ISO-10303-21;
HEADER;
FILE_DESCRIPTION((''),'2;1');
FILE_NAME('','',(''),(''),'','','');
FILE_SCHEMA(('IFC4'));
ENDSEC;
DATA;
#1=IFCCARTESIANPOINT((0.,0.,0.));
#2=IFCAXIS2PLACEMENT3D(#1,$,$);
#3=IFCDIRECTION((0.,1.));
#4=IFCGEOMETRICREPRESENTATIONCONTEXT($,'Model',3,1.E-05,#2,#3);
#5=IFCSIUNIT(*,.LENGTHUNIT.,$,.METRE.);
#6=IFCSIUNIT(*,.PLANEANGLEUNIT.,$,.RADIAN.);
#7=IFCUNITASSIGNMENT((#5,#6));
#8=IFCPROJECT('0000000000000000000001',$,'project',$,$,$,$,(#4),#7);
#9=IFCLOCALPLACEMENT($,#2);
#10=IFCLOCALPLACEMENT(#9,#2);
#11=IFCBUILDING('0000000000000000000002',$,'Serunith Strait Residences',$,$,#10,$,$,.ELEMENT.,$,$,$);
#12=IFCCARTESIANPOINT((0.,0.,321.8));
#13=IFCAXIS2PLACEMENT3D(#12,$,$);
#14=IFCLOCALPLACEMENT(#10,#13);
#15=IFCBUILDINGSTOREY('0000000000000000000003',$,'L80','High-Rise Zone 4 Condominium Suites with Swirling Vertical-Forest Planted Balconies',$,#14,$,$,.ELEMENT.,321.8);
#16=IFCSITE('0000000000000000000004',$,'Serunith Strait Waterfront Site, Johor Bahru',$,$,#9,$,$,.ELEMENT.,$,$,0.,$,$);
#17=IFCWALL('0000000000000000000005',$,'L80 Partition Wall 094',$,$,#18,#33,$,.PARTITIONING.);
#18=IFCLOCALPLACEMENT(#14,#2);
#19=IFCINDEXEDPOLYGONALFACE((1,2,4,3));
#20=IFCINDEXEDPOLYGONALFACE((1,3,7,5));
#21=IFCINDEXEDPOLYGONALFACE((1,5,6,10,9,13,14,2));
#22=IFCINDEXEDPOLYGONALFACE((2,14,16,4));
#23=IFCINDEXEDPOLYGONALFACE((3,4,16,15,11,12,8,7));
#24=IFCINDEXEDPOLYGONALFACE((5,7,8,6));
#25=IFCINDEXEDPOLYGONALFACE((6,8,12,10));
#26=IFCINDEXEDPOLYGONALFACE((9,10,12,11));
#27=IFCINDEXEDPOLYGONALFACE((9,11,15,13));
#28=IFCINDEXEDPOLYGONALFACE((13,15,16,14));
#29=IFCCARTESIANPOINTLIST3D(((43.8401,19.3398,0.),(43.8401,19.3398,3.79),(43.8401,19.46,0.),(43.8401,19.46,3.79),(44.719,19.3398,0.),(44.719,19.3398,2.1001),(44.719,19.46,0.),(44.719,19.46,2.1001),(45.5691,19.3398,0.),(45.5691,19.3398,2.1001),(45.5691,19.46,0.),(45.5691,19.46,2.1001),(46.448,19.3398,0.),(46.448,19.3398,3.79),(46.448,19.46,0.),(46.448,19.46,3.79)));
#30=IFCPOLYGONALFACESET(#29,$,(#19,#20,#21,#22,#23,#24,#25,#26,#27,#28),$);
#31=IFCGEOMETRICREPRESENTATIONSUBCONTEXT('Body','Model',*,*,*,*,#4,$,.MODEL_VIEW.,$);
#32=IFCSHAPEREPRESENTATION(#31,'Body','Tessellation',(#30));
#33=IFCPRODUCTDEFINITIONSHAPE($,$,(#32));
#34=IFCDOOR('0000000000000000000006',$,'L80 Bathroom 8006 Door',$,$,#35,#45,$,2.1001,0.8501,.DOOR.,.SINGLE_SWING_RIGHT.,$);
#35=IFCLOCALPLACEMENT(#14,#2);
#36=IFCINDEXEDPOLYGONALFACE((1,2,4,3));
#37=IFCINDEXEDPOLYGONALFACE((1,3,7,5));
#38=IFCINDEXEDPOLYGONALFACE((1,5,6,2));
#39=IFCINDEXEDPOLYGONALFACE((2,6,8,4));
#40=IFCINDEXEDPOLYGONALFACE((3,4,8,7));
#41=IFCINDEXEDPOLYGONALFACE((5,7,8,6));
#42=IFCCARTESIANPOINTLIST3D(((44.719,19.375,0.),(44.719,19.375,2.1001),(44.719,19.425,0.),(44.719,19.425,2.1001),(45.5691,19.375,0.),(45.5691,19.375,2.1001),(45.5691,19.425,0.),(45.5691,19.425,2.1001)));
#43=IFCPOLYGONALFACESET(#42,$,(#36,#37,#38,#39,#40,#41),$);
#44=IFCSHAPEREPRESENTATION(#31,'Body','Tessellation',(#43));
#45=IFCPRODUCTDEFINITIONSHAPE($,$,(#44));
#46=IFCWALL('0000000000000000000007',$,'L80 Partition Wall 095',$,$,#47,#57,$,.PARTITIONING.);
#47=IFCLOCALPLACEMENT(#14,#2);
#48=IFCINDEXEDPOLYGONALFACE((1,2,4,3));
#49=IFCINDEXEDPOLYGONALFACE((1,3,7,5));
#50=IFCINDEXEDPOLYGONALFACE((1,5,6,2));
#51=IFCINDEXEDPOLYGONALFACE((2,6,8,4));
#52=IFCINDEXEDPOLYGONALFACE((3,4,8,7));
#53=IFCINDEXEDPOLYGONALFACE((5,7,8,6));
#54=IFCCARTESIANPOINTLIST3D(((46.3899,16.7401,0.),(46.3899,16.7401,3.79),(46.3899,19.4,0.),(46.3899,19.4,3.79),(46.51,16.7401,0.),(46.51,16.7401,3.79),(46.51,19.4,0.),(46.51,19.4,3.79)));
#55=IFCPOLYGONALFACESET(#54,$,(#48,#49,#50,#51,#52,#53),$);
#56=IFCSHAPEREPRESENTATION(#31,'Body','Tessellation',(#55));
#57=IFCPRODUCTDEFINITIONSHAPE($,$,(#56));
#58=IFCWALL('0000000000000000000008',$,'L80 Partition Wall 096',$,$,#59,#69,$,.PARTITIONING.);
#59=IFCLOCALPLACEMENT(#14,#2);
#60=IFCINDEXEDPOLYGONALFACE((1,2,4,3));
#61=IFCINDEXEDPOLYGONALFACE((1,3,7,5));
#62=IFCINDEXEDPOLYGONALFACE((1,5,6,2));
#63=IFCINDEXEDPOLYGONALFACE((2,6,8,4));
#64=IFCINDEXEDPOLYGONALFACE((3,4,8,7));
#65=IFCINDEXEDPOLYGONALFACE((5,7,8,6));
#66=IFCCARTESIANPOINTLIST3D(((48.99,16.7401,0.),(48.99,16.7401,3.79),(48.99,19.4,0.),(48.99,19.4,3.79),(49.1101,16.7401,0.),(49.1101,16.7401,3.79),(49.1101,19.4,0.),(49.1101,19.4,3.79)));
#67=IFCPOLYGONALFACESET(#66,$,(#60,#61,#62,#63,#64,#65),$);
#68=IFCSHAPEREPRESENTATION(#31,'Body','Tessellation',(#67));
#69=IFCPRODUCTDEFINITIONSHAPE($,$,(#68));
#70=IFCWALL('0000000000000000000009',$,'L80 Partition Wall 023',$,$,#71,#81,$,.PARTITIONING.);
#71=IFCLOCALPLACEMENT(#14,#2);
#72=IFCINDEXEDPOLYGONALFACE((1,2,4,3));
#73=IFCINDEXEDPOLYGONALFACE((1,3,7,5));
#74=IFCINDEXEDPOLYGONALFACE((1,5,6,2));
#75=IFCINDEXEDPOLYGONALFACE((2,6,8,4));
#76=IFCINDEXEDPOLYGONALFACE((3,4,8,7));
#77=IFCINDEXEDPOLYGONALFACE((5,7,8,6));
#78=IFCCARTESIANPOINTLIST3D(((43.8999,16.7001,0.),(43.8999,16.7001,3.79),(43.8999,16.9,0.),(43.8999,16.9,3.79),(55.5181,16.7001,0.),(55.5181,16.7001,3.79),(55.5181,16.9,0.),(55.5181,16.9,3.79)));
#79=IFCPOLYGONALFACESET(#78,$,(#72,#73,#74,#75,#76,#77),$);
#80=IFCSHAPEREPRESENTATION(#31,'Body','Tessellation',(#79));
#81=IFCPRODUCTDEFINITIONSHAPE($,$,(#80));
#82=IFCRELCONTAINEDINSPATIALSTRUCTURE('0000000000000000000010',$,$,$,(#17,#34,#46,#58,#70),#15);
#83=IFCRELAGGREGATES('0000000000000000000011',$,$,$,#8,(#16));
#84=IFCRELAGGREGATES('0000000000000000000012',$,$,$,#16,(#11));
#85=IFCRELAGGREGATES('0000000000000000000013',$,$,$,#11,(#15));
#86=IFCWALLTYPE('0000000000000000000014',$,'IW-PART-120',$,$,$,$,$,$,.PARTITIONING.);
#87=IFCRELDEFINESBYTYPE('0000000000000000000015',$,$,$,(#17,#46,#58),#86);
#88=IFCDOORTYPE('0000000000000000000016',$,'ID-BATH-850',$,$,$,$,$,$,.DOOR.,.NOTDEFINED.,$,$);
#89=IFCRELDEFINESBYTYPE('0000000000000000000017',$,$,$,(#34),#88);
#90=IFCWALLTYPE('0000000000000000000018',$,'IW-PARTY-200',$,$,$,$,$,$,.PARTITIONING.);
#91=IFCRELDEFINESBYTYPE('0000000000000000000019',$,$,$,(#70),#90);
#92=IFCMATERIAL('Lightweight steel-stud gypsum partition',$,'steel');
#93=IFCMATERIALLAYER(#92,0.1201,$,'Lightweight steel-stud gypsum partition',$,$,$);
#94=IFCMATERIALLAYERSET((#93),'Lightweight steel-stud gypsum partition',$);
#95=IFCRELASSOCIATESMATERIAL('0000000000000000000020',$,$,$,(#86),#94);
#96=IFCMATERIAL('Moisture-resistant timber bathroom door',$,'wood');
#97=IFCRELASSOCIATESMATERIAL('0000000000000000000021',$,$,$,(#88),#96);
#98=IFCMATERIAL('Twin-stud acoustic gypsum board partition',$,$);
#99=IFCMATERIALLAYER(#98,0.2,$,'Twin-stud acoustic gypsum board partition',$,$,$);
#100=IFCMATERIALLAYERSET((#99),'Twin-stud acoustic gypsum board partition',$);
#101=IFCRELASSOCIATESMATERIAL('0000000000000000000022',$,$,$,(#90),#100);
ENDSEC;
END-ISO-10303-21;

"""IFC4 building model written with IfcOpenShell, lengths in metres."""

from ifc_helpers import new_model, si_unit, direction, frame, frame_2d, origin, place, context, subcontext, project, spatial, rectangle, extrude, source, transform, mapped, material, layer, layer_set, type_object, element, fill, save


model = new_model("IFC4")

# Units and contexts
model_context = context("Model", 3, precision=1e-05, world=origin(), true_north=direction((0.0, 1.0)))
body_context = subcontext(model_context, "Body", "Model", "MODEL_VIEW")
ifc_project = project(units=[si_unit("LENGTHUNIT", "METRE"), si_unit("PLANEANGLEUNIT", "RADIAN")], contexts=[model_context])

# Site, building, storey
site_placement = place(None, origin())
site = spatial("IfcSite", under=ifc_project, at=site_placement, Name="Serunith Strait Waterfront Site, Johor Bahru", CompositionType="ELEMENT", RefElevation=0.0)
building_placement = place(site_placement, origin())
building = spatial("IfcBuilding", under=site, at=building_placement, Name="Serunith Strait Residences", CompositionType="ELEMENT")
storey_placement = place(building_placement, frame((0.0, 0.0, 321.8)))
storey = spatial("IfcBuildingStorey", under=building, at=storey_placement, Name="L80", Description="High-Rise Zone 4 Condominium Suites with Swirling Vertical-Forest Planted Balconies", CompositionType="ELEMENT", Elevation=321.8)

# Shared definitions
ifc_material_1 = material(Name="Lightweight steel-stud gypsum partition", Category="steel")
ifc_layer_1 = layer(ifc_material_1, 0.1201, Name="Lightweight steel-stud gypsum partition")
ifc_layer_set_1 = layer_set([ifc_layer_1], Name="Lightweight steel-stud gypsum partition")
wall_type_1 = type_object("IfcWallType", Name="IW-PART-120", PredefinedType="PARTITIONING", material=ifc_layer_set_1)

# Wall, opening, door
shared_shape_1 = source(origin(), body_context, "Body", "SweptSolid", [
    extrude(rectangle(XDim=0.8501, YDim=2.1001, at=frame_2d((0.425, 1.05))), frame((0.0, 0.0249, 0.0), z_axis=(0.0, -1.0, 0.0), x_axis=(1.0, 0.0, 0.0)), (0.0, 0.0, 1.0), 0.05),
])
ifc_material_2 = material(Name="Moisture-resistant timber bathroom door", Category="wood")
door_type_1 = type_object("IfcDoorType", Name="ID-BATH-850", OperationType="NOTDEFINED", PredefinedType="DOOR", material=ifc_material_2)
wall_1_placement = place(storey_placement, frame((46.448, 19.3999, 0.0), z_axis=(0.0, 0.0, 1.0), x_axis=(-1.0, 0.0, 0.0)))
wall_1 = element("IfcWall", 1, at=wall_1_placement, inside=storey, type_object=wall_type_1, Name="L80 Partition Wall 094", PredefinedType="PARTITIONING", context=body_context, shape_type="SweptSolid", body=[
    extrude(rectangle(XDim=2.6079, YDim=0.1201, at=frame_2d((1.304, 0.0))), origin(), (0.0, 0.0, 1.0), 3.79),
])
opening_1_placement = place(wall_1_placement, frame((0.8789, 0.0, 0.0)))
opening_1 = element("IfcOpeningElement", 2, at=opening_1_placement, cuts=wall_1, PredefinedType="OPENING", context=body_context, shape_type="SweptSolid", body=[
    extrude(rectangle(XDim=0.8501, YDim=2.1001, at=frame_2d((0.425, 1.05))), frame((0.0, 0.0701, 0.0), z_axis=(0.0, -1.0, 0.0), x_axis=(1.0, 0.0, 0.0)), (0.0, 0.0, 1.0), 0.1401),
])
door_1_placement = place(opening_1_placement, origin())
door_1 = element("IfcDoor", 3, at=door_1_placement, inside=storey, type_object=door_type_1, Name="L80 Bathroom 8006 Door", OperationType="SINGLE_SWING_RIGHT", OverallHeight=2.1001, OverallWidth=0.8501, PredefinedType="DOOR", context=body_context, shape_type="MappedRepresentation", body=[
    mapped(shared_shape_1, transform((0.0, 0.0, 0.0), scale=1.0)),
])
fill(opening_1, door_1)

# Walls
for number, where, z_axis, x_axis, name in (
    (4, (46.45, 16.74, 0.0), (0.0, 0.0, 1.0), (0.0, 1.0, 0.0), "L80 Partition Wall 095"),
    (5, (49.05, 16.74, 0.0), (0.0, 0.0, 1.0), (0.0, 1.0, 0.0), "L80 Partition Wall 096"),
):
    element("IfcWall", number, at=place(storey_placement, frame(where, z_axis=z_axis, x_axis=x_axis)), inside=storey, type_object=wall_type_1, Name=name, PredefinedType="PARTITIONING", context=body_context, shape_type="SweptSolid", body=[
        extrude(rectangle(XDim=2.6599, YDim=0.1201, at=frame_2d((1.3301, 0.0))), origin(), (0.0, 0.0, 1.0), 3.79),
    ])
ifc_material_3 = material(Name="Twin-stud acoustic gypsum board partition")
ifc_layer_2 = layer(ifc_material_3, 0.2, Name="Twin-stud acoustic gypsum board partition")
ifc_layer_set_2 = layer_set([ifc_layer_2], Name="Twin-stud acoustic gypsum board partition")
wall_type_2 = type_object("IfcWallType", Name="IW-PARTY-200", PredefinedType="PARTITIONING", material=ifc_layer_set_2)
wall_2_placement = place(storey_placement, frame((43.8999, 16.8, 0.0), z_axis=(0.0, 0.0, 1.0), x_axis=(1.0, 0.0, 0.0)))
element("IfcWall", 6, at=wall_2_placement, inside=storey, type_object=wall_type_2, Name="L80 Partition Wall 023", PredefinedType="PARTITIONING", context=body_context, shape_type="SweptSolid", body=[
    extrude(rectangle(XDim=11.6182, YDim=0.2, at=frame_2d((5.8091, 0.0))), origin(), (0.0, 0.0, 1.0), 3.79),
])

save(model, "model.ifc")
